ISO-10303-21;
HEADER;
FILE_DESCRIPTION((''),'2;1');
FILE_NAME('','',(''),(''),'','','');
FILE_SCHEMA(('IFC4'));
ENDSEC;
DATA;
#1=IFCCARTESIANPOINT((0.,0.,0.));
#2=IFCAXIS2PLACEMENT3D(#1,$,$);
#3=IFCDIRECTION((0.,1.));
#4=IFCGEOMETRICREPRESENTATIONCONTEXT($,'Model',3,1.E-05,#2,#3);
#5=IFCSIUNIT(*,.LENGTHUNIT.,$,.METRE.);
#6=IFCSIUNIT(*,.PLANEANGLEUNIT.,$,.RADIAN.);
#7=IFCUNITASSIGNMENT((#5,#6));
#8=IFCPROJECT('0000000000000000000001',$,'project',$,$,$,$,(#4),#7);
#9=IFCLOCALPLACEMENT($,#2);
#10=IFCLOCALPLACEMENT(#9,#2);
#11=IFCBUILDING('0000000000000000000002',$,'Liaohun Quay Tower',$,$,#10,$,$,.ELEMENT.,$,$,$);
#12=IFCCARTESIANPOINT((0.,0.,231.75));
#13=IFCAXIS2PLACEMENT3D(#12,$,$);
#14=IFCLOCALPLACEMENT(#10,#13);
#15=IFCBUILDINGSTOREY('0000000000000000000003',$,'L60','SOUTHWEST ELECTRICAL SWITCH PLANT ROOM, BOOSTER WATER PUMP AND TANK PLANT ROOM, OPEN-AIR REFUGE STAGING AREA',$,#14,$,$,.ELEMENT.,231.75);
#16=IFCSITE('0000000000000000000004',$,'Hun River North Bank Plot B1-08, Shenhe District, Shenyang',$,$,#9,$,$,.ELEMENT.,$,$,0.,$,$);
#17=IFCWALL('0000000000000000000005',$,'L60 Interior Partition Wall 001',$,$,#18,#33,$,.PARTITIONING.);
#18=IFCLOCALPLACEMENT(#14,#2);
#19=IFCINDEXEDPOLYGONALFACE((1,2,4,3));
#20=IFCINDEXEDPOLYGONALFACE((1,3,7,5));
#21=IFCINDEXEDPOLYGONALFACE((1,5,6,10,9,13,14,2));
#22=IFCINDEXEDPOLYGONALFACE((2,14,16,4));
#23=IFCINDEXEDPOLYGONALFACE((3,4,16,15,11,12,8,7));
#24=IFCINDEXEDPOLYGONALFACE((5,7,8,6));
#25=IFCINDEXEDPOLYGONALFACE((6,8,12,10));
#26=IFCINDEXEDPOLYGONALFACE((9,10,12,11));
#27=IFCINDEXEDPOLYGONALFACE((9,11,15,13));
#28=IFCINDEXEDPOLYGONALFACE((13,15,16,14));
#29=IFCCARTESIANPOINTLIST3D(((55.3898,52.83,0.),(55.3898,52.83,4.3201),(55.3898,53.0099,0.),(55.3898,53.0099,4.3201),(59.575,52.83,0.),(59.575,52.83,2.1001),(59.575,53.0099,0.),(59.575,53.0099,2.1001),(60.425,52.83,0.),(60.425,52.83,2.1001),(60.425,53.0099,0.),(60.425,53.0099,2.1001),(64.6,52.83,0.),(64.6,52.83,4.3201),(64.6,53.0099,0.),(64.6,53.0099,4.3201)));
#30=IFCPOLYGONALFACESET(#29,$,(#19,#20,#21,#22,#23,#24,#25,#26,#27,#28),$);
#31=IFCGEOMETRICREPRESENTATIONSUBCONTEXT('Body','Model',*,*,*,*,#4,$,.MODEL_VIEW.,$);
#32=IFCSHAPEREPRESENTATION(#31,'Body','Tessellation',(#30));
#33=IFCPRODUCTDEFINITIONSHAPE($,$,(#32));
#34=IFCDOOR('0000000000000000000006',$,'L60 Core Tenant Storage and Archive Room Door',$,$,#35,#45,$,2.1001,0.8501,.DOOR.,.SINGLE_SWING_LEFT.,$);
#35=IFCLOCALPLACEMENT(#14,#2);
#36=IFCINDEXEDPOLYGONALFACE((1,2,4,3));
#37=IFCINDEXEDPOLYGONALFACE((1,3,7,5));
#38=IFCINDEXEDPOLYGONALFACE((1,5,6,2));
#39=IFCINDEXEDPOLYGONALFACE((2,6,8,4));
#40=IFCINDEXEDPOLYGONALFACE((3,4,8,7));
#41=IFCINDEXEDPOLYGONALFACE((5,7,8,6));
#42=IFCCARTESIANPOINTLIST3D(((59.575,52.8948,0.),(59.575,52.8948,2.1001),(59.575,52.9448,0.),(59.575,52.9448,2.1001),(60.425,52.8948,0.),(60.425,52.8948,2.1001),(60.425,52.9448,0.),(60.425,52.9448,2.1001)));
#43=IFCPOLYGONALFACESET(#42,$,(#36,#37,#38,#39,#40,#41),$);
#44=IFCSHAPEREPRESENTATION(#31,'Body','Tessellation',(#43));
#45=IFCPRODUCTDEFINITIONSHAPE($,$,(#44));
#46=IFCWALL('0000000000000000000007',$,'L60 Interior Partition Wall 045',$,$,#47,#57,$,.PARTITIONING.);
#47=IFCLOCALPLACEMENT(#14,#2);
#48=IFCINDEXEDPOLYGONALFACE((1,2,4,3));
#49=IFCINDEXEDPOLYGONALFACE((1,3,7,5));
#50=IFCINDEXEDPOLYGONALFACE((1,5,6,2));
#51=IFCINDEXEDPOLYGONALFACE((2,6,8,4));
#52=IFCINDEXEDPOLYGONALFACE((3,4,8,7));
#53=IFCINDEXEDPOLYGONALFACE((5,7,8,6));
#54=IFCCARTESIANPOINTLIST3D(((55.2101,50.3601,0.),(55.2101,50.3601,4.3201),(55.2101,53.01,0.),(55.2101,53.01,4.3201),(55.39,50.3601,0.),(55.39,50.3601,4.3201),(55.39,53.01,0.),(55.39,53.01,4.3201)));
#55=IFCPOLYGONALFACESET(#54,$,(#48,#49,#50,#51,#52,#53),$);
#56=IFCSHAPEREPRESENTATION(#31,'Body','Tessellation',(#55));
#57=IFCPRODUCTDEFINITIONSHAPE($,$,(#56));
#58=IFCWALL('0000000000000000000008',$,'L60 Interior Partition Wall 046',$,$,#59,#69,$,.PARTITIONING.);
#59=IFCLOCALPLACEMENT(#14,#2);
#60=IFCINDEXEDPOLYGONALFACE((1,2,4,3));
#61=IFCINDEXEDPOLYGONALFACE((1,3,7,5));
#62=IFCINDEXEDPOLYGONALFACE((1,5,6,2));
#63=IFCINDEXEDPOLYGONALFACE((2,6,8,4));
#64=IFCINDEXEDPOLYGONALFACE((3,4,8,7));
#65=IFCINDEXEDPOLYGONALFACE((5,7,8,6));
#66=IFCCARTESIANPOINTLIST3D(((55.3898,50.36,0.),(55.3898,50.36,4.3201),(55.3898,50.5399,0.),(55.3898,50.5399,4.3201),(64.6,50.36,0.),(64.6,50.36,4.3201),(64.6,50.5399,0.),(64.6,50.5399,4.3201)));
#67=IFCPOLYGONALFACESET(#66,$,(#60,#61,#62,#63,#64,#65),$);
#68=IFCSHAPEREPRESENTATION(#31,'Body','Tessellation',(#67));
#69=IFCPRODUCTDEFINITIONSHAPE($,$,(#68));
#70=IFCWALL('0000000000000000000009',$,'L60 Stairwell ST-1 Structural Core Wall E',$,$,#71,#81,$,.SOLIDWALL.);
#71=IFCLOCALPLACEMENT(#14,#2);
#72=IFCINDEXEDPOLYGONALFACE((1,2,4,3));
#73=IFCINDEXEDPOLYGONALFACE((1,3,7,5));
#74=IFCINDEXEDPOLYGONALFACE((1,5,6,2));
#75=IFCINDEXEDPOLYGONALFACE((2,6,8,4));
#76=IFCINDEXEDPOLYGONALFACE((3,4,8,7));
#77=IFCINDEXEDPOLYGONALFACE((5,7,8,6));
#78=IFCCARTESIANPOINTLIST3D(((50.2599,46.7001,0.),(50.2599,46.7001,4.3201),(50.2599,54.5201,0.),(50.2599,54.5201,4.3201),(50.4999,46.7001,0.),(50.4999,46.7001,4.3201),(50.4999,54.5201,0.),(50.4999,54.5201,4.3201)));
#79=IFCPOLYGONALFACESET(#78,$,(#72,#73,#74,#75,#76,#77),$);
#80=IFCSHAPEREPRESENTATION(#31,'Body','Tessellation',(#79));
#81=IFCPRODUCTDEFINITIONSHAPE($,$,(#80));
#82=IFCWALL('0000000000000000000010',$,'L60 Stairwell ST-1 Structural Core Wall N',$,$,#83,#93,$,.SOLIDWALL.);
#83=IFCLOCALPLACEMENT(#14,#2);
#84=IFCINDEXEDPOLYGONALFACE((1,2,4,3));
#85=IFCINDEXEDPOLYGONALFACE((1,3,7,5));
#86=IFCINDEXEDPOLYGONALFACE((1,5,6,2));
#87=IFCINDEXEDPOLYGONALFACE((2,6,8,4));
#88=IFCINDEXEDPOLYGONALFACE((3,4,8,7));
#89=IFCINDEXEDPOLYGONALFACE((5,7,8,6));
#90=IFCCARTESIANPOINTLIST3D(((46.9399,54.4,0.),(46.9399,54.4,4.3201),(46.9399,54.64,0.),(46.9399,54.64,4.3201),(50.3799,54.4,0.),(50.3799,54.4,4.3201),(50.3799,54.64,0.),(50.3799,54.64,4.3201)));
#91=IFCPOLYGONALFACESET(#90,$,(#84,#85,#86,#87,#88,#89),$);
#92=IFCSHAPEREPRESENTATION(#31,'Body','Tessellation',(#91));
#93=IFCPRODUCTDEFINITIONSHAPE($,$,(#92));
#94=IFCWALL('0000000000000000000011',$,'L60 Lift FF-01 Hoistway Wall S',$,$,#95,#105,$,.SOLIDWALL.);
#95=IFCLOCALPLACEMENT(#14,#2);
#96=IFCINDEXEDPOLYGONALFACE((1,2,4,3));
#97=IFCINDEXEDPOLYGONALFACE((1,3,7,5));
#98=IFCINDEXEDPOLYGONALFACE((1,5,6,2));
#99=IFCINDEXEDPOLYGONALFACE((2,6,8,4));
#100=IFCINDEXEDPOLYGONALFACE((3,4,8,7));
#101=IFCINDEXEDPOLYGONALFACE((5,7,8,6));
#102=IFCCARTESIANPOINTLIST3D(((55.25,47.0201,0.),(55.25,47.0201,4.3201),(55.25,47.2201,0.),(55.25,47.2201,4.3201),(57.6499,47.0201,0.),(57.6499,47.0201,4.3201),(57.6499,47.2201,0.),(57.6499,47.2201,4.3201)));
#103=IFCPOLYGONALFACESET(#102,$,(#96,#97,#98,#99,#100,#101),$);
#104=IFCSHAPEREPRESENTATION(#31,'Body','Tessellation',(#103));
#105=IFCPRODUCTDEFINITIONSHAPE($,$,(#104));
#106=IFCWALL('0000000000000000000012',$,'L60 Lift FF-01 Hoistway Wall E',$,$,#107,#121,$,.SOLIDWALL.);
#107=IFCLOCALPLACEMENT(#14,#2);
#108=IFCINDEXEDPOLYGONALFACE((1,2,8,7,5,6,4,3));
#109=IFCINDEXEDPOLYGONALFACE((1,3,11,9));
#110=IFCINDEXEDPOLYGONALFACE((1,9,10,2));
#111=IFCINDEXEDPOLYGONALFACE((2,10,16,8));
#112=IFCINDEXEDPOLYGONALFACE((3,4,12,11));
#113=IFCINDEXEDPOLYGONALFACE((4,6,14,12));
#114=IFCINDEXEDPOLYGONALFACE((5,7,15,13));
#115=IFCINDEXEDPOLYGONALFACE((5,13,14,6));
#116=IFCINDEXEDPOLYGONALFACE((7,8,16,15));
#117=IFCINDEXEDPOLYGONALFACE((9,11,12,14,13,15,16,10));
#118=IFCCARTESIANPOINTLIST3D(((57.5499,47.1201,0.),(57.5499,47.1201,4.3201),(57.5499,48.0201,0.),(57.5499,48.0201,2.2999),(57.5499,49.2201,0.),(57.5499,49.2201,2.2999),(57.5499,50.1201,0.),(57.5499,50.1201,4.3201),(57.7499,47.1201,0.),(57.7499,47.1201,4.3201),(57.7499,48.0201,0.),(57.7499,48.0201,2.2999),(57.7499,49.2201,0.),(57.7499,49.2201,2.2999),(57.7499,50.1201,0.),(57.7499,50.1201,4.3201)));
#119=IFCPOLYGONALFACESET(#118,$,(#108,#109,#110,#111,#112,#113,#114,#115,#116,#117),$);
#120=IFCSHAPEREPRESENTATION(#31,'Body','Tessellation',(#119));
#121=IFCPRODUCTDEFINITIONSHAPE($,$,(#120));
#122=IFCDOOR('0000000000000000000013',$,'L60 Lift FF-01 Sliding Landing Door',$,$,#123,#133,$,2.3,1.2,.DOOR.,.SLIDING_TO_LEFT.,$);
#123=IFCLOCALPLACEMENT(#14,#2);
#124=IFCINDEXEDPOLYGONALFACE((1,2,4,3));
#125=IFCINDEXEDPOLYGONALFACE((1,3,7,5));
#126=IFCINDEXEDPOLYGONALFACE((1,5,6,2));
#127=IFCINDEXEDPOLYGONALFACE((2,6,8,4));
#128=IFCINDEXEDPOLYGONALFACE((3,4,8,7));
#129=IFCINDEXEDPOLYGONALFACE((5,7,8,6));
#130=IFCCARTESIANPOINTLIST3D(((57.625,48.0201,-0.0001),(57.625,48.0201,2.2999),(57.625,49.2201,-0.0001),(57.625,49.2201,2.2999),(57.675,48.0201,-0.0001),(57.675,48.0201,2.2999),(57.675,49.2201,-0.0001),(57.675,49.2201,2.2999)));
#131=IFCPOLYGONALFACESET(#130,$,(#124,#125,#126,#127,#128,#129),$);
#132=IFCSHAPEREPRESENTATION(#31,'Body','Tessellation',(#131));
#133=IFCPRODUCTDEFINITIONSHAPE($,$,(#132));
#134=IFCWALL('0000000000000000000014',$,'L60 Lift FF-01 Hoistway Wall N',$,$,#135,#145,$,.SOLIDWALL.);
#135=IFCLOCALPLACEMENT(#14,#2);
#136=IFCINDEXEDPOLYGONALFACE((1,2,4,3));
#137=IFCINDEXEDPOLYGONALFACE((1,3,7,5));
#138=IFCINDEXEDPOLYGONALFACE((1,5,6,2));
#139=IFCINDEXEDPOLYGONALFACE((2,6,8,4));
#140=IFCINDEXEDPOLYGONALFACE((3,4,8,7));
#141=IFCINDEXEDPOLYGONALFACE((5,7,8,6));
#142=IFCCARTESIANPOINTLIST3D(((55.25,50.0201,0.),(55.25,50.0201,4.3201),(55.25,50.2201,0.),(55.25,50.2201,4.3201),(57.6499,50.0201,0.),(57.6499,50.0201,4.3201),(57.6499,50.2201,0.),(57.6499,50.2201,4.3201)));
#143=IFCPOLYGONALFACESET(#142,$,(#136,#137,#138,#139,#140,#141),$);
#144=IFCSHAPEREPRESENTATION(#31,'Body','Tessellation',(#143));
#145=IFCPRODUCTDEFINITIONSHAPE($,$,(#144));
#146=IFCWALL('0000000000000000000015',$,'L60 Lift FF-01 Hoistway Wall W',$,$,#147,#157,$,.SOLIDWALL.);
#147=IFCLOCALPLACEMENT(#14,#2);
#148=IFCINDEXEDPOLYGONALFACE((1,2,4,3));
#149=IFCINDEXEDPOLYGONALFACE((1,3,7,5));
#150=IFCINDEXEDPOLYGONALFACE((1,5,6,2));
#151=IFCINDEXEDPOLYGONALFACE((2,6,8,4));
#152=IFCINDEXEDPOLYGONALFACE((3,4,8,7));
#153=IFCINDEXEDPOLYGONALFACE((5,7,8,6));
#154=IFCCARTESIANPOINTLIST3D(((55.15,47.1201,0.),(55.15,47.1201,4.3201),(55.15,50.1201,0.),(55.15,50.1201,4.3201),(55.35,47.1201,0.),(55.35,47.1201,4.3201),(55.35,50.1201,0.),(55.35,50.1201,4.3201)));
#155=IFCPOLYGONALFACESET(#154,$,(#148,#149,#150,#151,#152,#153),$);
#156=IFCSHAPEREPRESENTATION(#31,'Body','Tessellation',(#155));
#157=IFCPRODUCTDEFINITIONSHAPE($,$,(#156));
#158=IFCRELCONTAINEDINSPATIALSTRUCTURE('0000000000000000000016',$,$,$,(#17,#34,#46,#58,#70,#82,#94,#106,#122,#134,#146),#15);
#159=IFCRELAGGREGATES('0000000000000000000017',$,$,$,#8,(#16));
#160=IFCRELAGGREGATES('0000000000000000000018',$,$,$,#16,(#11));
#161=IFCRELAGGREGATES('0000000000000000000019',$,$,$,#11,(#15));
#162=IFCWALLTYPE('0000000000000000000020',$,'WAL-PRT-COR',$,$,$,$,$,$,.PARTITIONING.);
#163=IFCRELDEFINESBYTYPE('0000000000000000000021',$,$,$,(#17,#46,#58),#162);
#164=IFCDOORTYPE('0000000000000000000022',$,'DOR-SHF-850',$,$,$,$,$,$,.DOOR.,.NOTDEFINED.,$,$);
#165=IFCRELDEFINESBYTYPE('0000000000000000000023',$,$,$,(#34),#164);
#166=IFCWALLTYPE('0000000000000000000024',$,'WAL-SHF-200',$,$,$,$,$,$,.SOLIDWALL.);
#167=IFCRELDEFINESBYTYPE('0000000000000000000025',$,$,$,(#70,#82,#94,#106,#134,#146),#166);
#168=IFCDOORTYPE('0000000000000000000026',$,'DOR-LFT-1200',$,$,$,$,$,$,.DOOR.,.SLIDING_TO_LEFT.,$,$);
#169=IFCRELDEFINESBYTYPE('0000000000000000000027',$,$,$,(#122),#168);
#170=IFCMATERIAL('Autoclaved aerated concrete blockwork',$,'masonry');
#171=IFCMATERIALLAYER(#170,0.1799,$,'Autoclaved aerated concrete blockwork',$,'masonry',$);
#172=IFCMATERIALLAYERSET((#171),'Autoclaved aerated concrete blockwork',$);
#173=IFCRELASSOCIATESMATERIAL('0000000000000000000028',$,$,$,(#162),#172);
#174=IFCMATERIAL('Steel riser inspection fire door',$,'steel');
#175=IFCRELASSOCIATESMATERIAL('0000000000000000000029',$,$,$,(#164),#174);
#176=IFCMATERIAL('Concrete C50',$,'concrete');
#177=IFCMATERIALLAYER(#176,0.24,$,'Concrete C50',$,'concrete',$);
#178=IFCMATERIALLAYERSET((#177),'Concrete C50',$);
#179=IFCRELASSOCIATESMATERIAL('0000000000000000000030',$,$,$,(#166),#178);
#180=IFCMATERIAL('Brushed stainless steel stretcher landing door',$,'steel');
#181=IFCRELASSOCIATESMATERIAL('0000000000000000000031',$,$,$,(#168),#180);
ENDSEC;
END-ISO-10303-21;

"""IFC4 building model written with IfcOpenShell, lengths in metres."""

from ifc_helpers import new_model, si_unit, direction, frame, frame_2d, origin, place, context, subcontext, project, spatial, rectangle, extrude, source, transform, mapped, material, layer, layer_set, type_object, element, fill, save


model = new_model("IFC4")

# Units and contexts
model_context = context("Model", 3, precision=1e-05, world=origin(), true_north=direction((0.0, 1.0)))
body_context = subcontext(model_context, "Body", "Model", "MODEL_VIEW")
ifc_project = project(units=[si_unit("LENGTHUNIT", "METRE"), si_unit("PLANEANGLEUNIT", "RADIAN")], contexts=[model_context])

# Site, building, storey
site_placement = place(None, origin())
site = spatial("IfcSite", under=ifc_project, at=site_placement, Name="Hun River North Bank Plot B1-08, Shenhe District, Shenyang", CompositionType="ELEMENT", RefElevation=0.0)
building_placement = place(site_placement, origin())
building = spatial("IfcBuilding", under=site, at=building_placement, Name="Liaohun Quay Tower", CompositionType="ELEMENT")
storey_placement = place(building_placement, frame((0.0, 0.0, 231.75)))
storey = spatial("IfcBuildingStorey", under=building, at=storey_placement, Name="L60", Description="SOUTHWEST ELECTRICAL SWITCH PLANT ROOM, BOOSTER WATER PUMP AND TANK PLANT ROOM, OPEN-AIR REFUGE STAGING AREA", CompositionType="ELEMENT", Elevation=231.75)

# Wall, opening, door
ifc_material_1 = material(Name="Autoclaved aerated concrete blockwork", Category="masonry")
ifc_layer_1 = layer(ifc_material_1, 0.1799, Name="Autoclaved aerated concrete blockwork", Category="masonry")
ifc_layer_set_1 = layer_set([ifc_layer_1], Name="Autoclaved aerated concrete blockwork")
wall_type_1 = type_object("IfcWallType", Name="WAL-PRT-COR", PredefinedType="PARTITIONING", material=ifc_layer_set_1)
wall_1_placement = place(storey_placement, frame((55.3899, 52.9199, 0.0), z_axis=(0.0, 0.0, 1.0), x_axis=(1.0, 0.0, 0.0)))
wall_1 = element("IfcWall", 1, at=wall_1_placement, inside=storey, type_object=wall_type_1, Name="L60 Interior Partition Wall 001", PredefinedType="PARTITIONING", context=body_context, shape_type="SweptSolid", body=[
    extrude(rectangle(XDim=9.2102, YDim=0.1799, at=frame_2d((4.605, 0.0))), origin(), (0.0, 0.0, 1.0), 4.3201),
])
shared_shape_1 = source(origin(), body_context, "Body", "SweptSolid", [
    extrude(rectangle(XDim=0.8501, YDim=2.1001, at=frame_2d((0.425, 1.05))), frame((0.0, 0.0999, 0.0), z_axis=(0.0, -1.0, 0.0), x_axis=(1.0, 0.0, 0.0)), (0.0, 0.0, 1.0), 0.2),
])
opening_1_placement = place(wall_1_placement, frame((4.1851, 0.0, 0.0)))
opening_1 = element("IfcOpeningElement", 2, at=opening_1_placement, cuts=wall_1, PredefinedType="OPENING", context=body_context, shape_type="MappedRepresentation", body=[
    mapped(shared_shape_1, transform((0.0, 0.0, 0.0), x_axis=(1.0, 0.0, 0.0), y_axis=(0.0, 1.0, 0.0), z_axis=(0.0, 0.0, 1.0), scale=1.0)),
])
ifc_material_2 = material(Name="Steel riser inspection fire door", Category="steel")
door_type_1 = type_object("IfcDoorType", Name="DOR-SHF-850", OperationType="NOTDEFINED", PredefinedType="DOOR", material=ifc_material_2)
shared_shape_2 = source(origin(), body_context, "Body", "SweptSolid", [
    extrude(rectangle(XDim=0.8501, YDim=2.1001, at=frame_2d((0.425, 1.05))), frame((0.0, 0.0249, 0.0), z_axis=(0.0, -1.0, 0.0), x_axis=(1.0, 0.0, 0.0)), (0.0, 0.0, 1.0), 0.05),
])
door_1_placement = place(opening_1_placement, origin())
door_1 = element("IfcDoor", 3, at=door_1_placement, inside=storey, type_object=door_type_1, Name="L60 Core Tenant Storage and Archive Room Door", OperationType="SINGLE_SWING_LEFT", OverallHeight=2.1001, OverallWidth=0.8501, PredefinedType="DOOR", context=body_context, shape_type="MappedRepresentation", body=[
    mapped(shared_shape_2, transform((0.0, 0.0, 0.0), x_axis=(1.0, 0.0, 0.0), y_axis=(0.0, 1.0, 0.0), z_axis=(0.0, 0.0, 1.0), scale=1.0)),
])
fill(opening_1, door_1)

# Walls
wall_2_placement = place(storey_placement, frame((55.3, 50.3601, 0.0), z_axis=(0.0, 0.0, 1.0), x_axis=(0.0, 1.0, 0.0)))
element("IfcWall", 4, at=wall_2_placement, inside=storey, type_object=wall_type_1, Name="L60 Interior Partition Wall 045", PredefinedType="PARTITIONING", context=body_context, shape_type="SweptSolid", body=[
    extrude(rectangle(XDim=2.6499, YDim=0.1799, at=frame_2d((1.325, 0.0))), origin(), (0.0, 0.0, 1.0), 4.3201),
])
wall_3_placement = place(storey_placement, frame((55.3899, 50.45, 0.0), z_axis=(0.0, 0.0, 1.0), x_axis=(1.0, 0.0, 0.0)))
element("IfcWall", 5, at=wall_3_placement, inside=storey, type_object=wall_type_1, Name="L60 Interior Partition Wall 046", PredefinedType="PARTITIONING", context=body_context, shape_type="SweptSolid", body=[
    extrude(rectangle(XDim=9.2102, YDim=0.1799, at=frame_2d((4.605, 0.0))), origin(), (0.0, 0.0, 1.0), 4.3201),
])
ifc_material_3 = material(Name="Concrete C50", Category="concrete")
ifc_layer_2 = layer(ifc_material_3, 0.24, Name="Concrete C50", Category="concrete")
ifc_layer_set_2 = layer_set([ifc_layer_2], Name="Concrete C50")
wall_type_2 = type_object("IfcWallType", Name="WAL-SHF-200", PredefinedType="SOLIDWALL", material=ifc_layer_set_2)
wall_4_placement = place(storey_placement, frame((50.3799, 46.7, 0.0), z_axis=(0.0, 0.0, 1.0), x_axis=(0.0, 1.0, 0.0)))
element("IfcWall", 6, at=wall_4_placement, inside=storey, type_object=wall_type_2, Name="L60 Stairwell ST-1 Structural Core Wall E", PredefinedType="SOLIDWALL", context=body_context, shape_type="SweptSolid", body=[
    extrude(rectangle(XDim=7.8201, YDim=0.24, at=frame_2d((3.9102, 0.0))), origin(), (0.0, 0.0, 1.0), 4.3201),
])
wall_5_placement = place(storey_placement, frame((50.3799, 54.52, 0.0), z_axis=(0.0, 0.0, 1.0), x_axis=(-1.0, 0.0, 0.0)))
element("IfcWall", 7, at=wall_5_placement, inside=storey, type_object=wall_type_2, Name="L60 Stairwell ST-1 Structural Core Wall N", PredefinedType="SOLIDWALL", context=body_context, shape_type="SweptSolid", body=[
    extrude(rectangle(XDim=3.4399, YDim=0.24, at=frame_2d((1.72, 0.0))), origin(), (0.0, 0.0, 1.0), 4.3201),
])
wall_6_placement = place(storey_placement, frame((55.25, 47.1201, 0.0), z_axis=(0.0, 0.0, 1.0), x_axis=(1.0, 0.0, 0.0)))
element("IfcWall", 8, at=wall_6_placement, inside=storey, type_object=wall_type_2, Name="L60 Lift FF-01 Hoistway Wall S", PredefinedType="SOLIDWALL", context=body_context, shape_type="SweptSolid", body=[
    extrude(rectangle(XDim=2.3999, YDim=0.2, at=frame_2d((1.2, 0.0))), origin(), (0.0, 0.0, 1.0), 4.3201),
])

# Wall, opening, door
wall_7_placement = place(storey_placement, frame((57.6499, 47.1201, 0.0), z_axis=(0.0, 0.0, 1.0), x_axis=(0.0, 1.0, 0.0)))
wall_7 = element("IfcWall", 9, at=wall_7_placement, inside=storey, type_object=wall_type_2, Name="L60 Lift FF-01 Hoistway Wall E", PredefinedType="SOLIDWALL", context=body_context, shape_type="SweptSolid", body=[
    extrude(rectangle(XDim=3.0, YDim=0.2, at=frame_2d((1.5, 0.0))), origin(), (0.0, 0.0, 1.0), 4.3201),
])
shared_shape_3 = source(origin(), body_context, "Body", "SweptSolid", [
    extrude(rectangle(XDim=1.2, YDim=2.3, at=frame_2d((0.6001, 1.1499))), frame((0.0, 0.1099, 0.0), z_axis=(0.0, -1.0, 0.0), x_axis=(1.0, 0.0, 0.0)), (0.0, 0.0, 1.0), 0.22),
])
opening_2_placement = place(wall_7_placement, frame((0.8999, 0.0, 0.0)))
opening_2 = element("IfcOpeningElement", 10, at=opening_2_placement, cuts=wall_7, PredefinedType="OPENING", context=body_context, shape_type="MappedRepresentation", body=[
    mapped(shared_shape_3, transform((0.0, 0.0, 0.0), x_axis=(1.0, 0.0, 0.0), y_axis=(0.0, 1.0, 0.0), z_axis=(0.0, 0.0, 1.0), scale=1.0)),
])
ifc_material_4 = material(Name="Brushed stainless steel stretcher landing door", Category="steel")
door_type_2 = type_object("IfcDoorType", Name="DOR-LFT-1200", OperationType="SLIDING_TO_LEFT", PredefinedType="DOOR", material=ifc_material_4)
shared_shape_4 = source(origin(), body_context, "Body", "SweptSolid", [
    extrude(rectangle(XDim=1.2, YDim=2.3, at=frame_2d((0.6001, 1.1499))), frame((0.0, 0.0249, 0.0), z_axis=(0.0, -1.0, 0.0), x_axis=(1.0, 0.0, 0.0)), (0.0, 0.0, 1.0), 0.05),
])
door_2_placement = place(opening_2_placement, origin())
door_2 = element("IfcDoor", 11, at=door_2_placement, inside=storey, type_object=door_type_2, Name="L60 Lift FF-01 Sliding Landing Door", OperationType="SLIDING_TO_LEFT", OverallHeight=2.3, OverallWidth=1.2, PredefinedType="DOOR", context=body_context, shape_type="MappedRepresentation", body=[
    mapped(shared_shape_4, transform((0.0, 0.0, 0.0), x_axis=(1.0, 0.0, 0.0), y_axis=(0.0, 1.0, 0.0), z_axis=(0.0, 0.0, 1.0), scale=1.0)),
])
fill(opening_2, door_2)

# Walls
wall_8_placement = place(storey_placement, frame((57.6499, 50.1201, 0.0), z_axis=(0.0, 0.0, 1.0), x_axis=(-1.0, 0.0, 0.0)))
element("IfcWall", 12, at=wall_8_placement, inside=storey, type_object=wall_type_2, Name="L60 Lift FF-01 Hoistway Wall N", PredefinedType="SOLIDWALL", context=body_context, shape_type="SweptSolid", body=[
    extrude(rectangle(XDim=2.3999, YDim=0.2, at=frame_2d((1.2, 0.0))), origin(), (0.0, 0.0, 1.0), 4.3201),
])
wall_9_placement = place(storey_placement, frame((55.25, 50.1201, 0.0), z_axis=(0.0, 0.0, 1.0), x_axis=(0.0, -1.0, 0.0)))
element("IfcWall", 13, at=wall_9_placement, inside=storey, type_object=wall_type_2, Name="L60 Lift FF-01 Hoistway Wall W", PredefinedType="SOLIDWALL", context=body_context, shape_type="SweptSolid", body=[
    extrude(rectangle(XDim=3.0, YDim=0.2, at=frame_2d((1.5, 0.0))), origin(), (0.0, 0.0, 1.0), 4.3201),
])

save(model, "model.ifc")
